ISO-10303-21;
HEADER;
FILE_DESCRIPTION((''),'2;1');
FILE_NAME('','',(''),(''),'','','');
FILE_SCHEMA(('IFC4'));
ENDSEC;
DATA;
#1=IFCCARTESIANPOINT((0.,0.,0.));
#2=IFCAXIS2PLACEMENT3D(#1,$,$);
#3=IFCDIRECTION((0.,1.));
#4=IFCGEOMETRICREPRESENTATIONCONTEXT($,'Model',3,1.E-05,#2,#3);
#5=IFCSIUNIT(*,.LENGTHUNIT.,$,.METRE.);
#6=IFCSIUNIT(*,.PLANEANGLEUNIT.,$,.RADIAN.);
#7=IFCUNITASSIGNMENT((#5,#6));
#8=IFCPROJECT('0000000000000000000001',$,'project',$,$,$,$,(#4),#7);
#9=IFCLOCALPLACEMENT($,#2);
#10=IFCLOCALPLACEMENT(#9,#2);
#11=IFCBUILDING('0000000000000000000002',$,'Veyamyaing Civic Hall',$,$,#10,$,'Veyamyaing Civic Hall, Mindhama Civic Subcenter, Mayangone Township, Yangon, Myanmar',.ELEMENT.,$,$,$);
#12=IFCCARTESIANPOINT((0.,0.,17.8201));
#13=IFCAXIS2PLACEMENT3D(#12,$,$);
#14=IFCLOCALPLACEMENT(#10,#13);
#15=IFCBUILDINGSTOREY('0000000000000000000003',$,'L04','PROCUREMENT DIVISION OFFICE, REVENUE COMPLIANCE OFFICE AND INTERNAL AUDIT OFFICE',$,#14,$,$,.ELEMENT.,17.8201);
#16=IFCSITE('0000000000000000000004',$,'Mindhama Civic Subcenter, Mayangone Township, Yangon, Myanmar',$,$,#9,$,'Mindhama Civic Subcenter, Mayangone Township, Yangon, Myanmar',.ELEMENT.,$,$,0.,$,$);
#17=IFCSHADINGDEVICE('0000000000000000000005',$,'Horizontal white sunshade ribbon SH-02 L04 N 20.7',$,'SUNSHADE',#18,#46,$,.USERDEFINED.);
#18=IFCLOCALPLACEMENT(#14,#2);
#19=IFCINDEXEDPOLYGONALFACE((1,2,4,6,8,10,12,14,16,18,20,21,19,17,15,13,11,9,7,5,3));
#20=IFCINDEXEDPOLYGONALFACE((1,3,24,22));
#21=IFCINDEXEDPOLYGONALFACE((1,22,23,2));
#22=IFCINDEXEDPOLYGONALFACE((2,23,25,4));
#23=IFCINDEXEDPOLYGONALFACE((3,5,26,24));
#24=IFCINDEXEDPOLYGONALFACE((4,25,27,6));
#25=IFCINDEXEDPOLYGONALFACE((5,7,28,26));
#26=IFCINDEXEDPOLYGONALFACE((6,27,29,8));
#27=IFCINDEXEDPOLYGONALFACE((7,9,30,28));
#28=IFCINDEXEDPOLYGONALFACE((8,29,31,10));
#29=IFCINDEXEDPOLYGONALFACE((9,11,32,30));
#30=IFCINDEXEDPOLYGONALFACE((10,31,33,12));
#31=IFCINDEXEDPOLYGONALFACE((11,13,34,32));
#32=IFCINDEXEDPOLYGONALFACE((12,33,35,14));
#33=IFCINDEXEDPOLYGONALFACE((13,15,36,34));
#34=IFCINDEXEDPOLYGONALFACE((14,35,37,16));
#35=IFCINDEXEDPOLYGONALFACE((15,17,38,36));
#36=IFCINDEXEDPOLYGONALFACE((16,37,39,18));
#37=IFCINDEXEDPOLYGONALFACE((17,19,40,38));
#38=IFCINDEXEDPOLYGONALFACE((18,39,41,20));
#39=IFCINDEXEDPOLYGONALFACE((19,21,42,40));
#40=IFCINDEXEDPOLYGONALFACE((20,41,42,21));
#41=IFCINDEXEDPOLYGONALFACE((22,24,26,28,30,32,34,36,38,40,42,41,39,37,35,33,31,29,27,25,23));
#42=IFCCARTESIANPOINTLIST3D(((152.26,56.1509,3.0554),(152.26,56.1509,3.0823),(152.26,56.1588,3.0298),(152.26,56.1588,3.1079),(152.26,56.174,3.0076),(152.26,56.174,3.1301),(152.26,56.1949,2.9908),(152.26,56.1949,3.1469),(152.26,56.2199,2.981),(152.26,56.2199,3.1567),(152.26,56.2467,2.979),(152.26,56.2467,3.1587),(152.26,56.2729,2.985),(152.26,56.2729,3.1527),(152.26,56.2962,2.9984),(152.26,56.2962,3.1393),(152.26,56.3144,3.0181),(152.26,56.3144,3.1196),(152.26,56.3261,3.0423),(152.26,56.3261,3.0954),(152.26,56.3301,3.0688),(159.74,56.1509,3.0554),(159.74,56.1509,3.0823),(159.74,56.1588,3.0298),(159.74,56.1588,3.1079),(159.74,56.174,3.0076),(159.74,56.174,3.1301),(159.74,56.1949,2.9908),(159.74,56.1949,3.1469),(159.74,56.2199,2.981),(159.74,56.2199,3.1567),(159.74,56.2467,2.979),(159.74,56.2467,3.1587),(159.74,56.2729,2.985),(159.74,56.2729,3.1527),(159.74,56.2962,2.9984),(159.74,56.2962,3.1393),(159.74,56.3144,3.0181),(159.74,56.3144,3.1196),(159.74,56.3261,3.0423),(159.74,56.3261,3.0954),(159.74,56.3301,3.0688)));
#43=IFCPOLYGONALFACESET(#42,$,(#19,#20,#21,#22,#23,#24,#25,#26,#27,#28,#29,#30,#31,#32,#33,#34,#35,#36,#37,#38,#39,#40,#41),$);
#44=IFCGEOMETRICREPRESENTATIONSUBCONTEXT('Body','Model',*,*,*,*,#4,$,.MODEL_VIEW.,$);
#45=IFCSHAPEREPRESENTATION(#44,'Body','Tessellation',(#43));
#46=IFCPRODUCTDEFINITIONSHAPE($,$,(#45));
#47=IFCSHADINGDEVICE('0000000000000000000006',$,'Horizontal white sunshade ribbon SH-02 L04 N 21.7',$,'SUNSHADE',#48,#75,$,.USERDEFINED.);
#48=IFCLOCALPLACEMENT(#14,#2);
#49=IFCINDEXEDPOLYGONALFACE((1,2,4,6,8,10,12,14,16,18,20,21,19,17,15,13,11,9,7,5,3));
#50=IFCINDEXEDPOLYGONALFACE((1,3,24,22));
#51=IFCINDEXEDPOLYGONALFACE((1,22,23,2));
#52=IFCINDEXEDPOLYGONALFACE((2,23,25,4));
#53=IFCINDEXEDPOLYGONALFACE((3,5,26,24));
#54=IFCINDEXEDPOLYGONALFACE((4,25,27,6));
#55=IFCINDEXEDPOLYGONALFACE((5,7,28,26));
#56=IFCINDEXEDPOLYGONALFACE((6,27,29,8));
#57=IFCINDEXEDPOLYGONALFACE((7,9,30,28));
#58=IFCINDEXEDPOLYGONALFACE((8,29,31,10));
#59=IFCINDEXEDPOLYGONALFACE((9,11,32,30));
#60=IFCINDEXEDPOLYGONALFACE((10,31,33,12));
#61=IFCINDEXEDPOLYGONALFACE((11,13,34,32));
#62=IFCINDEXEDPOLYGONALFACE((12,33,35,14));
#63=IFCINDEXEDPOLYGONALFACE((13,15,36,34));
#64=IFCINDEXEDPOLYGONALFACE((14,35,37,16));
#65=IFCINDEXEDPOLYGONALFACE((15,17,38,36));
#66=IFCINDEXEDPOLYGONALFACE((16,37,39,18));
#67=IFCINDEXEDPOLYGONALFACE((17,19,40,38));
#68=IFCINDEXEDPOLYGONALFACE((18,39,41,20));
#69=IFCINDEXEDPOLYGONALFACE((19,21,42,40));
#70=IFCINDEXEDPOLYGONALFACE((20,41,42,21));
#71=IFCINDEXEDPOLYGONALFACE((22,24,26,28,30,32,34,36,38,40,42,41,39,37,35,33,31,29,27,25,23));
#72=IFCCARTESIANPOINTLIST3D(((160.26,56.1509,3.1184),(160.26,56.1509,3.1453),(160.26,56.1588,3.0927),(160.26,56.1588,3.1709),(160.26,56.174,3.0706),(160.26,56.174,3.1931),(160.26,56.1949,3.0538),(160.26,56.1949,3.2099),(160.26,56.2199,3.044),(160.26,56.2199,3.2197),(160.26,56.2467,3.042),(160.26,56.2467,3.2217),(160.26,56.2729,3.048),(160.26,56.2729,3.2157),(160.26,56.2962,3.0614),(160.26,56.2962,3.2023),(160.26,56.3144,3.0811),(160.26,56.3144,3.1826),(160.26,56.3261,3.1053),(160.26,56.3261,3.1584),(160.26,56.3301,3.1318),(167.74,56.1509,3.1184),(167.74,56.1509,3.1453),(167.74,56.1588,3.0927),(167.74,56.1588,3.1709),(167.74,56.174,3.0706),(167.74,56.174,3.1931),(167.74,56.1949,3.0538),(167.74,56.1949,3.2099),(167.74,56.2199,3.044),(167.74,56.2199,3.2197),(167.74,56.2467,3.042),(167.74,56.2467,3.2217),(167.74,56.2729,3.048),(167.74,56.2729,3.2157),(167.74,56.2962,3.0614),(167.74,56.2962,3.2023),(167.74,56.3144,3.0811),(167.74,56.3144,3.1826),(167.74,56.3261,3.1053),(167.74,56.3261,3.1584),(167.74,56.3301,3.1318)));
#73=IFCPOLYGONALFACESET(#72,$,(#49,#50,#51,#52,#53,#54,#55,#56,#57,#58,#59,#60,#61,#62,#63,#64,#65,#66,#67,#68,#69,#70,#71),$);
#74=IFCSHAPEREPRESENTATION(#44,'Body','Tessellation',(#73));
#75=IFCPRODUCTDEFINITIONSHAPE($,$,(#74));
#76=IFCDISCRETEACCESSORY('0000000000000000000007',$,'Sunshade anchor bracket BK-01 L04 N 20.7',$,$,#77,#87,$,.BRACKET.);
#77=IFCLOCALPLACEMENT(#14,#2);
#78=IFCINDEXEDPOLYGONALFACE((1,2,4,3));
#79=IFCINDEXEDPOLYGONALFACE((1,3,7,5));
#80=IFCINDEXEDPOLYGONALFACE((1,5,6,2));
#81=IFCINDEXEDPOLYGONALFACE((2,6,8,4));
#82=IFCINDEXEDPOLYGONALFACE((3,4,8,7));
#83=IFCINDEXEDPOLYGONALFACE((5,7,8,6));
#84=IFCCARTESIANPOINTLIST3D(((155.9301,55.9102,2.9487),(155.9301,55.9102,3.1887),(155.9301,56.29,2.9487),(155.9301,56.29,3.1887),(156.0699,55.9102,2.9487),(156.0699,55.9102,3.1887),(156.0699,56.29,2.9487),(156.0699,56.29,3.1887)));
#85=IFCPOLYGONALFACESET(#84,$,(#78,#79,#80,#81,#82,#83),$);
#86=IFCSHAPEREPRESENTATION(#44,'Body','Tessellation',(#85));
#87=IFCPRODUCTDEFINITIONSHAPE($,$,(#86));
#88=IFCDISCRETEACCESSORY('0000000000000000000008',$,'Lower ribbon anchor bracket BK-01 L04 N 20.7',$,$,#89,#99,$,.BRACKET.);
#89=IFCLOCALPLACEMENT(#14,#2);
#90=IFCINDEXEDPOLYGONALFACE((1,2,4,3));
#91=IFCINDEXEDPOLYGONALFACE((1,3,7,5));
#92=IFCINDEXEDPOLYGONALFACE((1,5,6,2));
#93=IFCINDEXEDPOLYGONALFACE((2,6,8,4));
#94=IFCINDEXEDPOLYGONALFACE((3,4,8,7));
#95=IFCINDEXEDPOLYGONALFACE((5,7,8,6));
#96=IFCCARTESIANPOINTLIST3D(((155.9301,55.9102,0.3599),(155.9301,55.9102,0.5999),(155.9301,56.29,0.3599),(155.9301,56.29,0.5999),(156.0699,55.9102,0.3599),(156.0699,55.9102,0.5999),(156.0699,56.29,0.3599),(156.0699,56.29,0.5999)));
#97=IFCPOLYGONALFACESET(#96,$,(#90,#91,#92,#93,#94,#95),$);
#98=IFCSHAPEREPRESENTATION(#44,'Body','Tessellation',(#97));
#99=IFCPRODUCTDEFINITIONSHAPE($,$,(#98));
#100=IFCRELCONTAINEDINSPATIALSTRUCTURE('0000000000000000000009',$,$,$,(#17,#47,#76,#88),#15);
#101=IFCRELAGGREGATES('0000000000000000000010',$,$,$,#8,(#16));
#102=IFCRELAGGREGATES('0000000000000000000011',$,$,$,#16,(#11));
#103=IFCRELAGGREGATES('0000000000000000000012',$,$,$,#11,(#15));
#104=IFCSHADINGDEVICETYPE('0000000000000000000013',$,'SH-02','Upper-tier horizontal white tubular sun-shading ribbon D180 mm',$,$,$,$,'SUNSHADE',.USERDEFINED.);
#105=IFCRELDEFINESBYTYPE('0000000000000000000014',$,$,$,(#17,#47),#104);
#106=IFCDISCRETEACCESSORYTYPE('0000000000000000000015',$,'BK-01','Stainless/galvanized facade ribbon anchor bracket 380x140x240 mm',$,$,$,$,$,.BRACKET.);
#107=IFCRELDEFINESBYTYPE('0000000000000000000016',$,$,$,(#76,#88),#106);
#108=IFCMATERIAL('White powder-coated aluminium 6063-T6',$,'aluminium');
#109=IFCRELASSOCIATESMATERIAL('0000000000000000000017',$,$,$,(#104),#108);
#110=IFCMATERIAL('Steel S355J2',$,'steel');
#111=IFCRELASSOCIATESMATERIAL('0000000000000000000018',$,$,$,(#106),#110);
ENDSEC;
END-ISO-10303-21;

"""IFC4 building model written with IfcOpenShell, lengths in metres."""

from ifc_helpers import new_model, si_unit, direction, frame, origin, origin_2d, place, context, subcontext, project, spatial, rectangle, circle, extrude, material, material_profile, profile_set, type_object, element, save


model = new_model("IFC4")

# Units and contexts
model_context = context("Model", 3, precision=1e-05, world=origin(), true_north=direction((0.0, 1.0)))
body_context = subcontext(model_context, "Body", "Model", "MODEL_VIEW")
ifc_project = project(units=[si_unit("LENGTHUNIT", "METRE"), si_unit("PLANEANGLEUNIT", "RADIAN")], contexts=[model_context])

# Site, building, storey
site_placement = place(None, origin())
site = spatial("IfcSite", under=ifc_project, at=site_placement, Name="Mindhama Civic Subcenter, Mayangone Township, Yangon, Myanmar", LongName="Mindhama Civic Subcenter, Mayangone Township, Yangon, Myanmar", CompositionType="ELEMENT", RefElevation=0.0)
building_placement = place(site_placement, origin())
building = spatial("IfcBuilding", under=site, at=building_placement, Name="Veyamyaing Civic Hall", LongName="Veyamyaing Civic Hall, Mindhama Civic Subcenter, Mayangone Township, Yangon, Myanmar", CompositionType="ELEMENT")
storey_placement = place(building_placement, frame((0.0, 0.0, 17.8201)))
storey = spatial("IfcBuildingStorey", under=building, at=storey_placement, Name="L04", Description="PROCUREMENT DIVISION OFFICE, REVENUE COMPLIANCE OFFICE AND INTERNAL AUDIT OFFICE", CompositionType="ELEMENT", Elevation=17.8201)

# Shared definitions
ifc_material_1 = material(Name="White powder-coated aluminium 6063-T6", Category="aluminium")

# Shading devices
ifc_material_profile_1 = material_profile(ifc_material_1, circle(Radius=0.0901, at=origin_2d()), Name="SHADE-TUBE-180")
ifc_profile_set_1 = profile_set([ifc_material_profile_1], Name="White powder-coated aluminium 6063-T6")
shading_device_type = type_object("IfcShadingDeviceType", Name="SH-02", Description="Upper-tier horizontal white tubular sun-shading ribbon D180 mm", ElementType="SUNSHADE", PredefinedType="USERDEFINED", material=ifc_profile_set_1)
for number, where, z_axis, x_axis, name in (
    (1, (152.26, 56.24, 3.0688), (1.0, 0.0, 0.0), (0.0, 1.0, 0.0), "Horizontal white sunshade ribbon SH-02 L04 N 20.7"),
    (2, (160.26, 56.24, 3.1318), (1.0, 0.0, 0.0), (0.0, 1.0, 0.0), "Horizontal white sunshade ribbon SH-02 L04 N 21.7"),
):
    element("IfcShadingDevice", number, at=place(storey_placement, frame(where, z_axis=z_axis, x_axis=x_axis)), inside=storey, type_object=shading_device_type, Name=name, ObjectType="SUNSHADE", PredefinedType="USERDEFINED", context=body_context, shape_type="SweptSolid", body=[
        extrude(circle(Radius=0.0901, at=origin_2d()), origin(), (0.0, 0.0, 1.0), 7.48),
    ])

# Discrete accessories
ifc_material_2 = material(Name="Steel S355J2", Category="steel")
discrete_accessory_type = type_object("IfcDiscreteAccessoryType", Name="BK-01", Description="Stainless/galvanized facade ribbon anchor bracket 380x140x240 mm", PredefinedType="BRACKET", material=ifc_material_2)
for number, where, z_axis, x_axis, name in (
    (3, (156.0, 56.1001, 2.9487), (0.0, 0.0, 1.0), (0.0, 1.0, 0.0), "Sunshade anchor bracket BK-01 L04 N 20.7"),
    (4, (156.0, 56.1001, 0.3599), (0.0, 0.0, 1.0), (0.0, 1.0, 0.0), "Lower ribbon anchor bracket BK-01 L04 N 20.7"),
):
    element("IfcDiscreteAccessory", number, at=place(storey_placement, frame(where, z_axis=z_axis, x_axis=x_axis)), inside=storey, type_object=discrete_accessory_type, Name=name, PredefinedType="BRACKET", context=body_context, shape_type="SweptSolid", body=[
        extrude(rectangle(XDim=0.3799, YDim=0.1399, at=origin_2d()), origin(), (0.0, 0.0, 1.0), 0.24),
    ])

save(model, "model.ifc")
